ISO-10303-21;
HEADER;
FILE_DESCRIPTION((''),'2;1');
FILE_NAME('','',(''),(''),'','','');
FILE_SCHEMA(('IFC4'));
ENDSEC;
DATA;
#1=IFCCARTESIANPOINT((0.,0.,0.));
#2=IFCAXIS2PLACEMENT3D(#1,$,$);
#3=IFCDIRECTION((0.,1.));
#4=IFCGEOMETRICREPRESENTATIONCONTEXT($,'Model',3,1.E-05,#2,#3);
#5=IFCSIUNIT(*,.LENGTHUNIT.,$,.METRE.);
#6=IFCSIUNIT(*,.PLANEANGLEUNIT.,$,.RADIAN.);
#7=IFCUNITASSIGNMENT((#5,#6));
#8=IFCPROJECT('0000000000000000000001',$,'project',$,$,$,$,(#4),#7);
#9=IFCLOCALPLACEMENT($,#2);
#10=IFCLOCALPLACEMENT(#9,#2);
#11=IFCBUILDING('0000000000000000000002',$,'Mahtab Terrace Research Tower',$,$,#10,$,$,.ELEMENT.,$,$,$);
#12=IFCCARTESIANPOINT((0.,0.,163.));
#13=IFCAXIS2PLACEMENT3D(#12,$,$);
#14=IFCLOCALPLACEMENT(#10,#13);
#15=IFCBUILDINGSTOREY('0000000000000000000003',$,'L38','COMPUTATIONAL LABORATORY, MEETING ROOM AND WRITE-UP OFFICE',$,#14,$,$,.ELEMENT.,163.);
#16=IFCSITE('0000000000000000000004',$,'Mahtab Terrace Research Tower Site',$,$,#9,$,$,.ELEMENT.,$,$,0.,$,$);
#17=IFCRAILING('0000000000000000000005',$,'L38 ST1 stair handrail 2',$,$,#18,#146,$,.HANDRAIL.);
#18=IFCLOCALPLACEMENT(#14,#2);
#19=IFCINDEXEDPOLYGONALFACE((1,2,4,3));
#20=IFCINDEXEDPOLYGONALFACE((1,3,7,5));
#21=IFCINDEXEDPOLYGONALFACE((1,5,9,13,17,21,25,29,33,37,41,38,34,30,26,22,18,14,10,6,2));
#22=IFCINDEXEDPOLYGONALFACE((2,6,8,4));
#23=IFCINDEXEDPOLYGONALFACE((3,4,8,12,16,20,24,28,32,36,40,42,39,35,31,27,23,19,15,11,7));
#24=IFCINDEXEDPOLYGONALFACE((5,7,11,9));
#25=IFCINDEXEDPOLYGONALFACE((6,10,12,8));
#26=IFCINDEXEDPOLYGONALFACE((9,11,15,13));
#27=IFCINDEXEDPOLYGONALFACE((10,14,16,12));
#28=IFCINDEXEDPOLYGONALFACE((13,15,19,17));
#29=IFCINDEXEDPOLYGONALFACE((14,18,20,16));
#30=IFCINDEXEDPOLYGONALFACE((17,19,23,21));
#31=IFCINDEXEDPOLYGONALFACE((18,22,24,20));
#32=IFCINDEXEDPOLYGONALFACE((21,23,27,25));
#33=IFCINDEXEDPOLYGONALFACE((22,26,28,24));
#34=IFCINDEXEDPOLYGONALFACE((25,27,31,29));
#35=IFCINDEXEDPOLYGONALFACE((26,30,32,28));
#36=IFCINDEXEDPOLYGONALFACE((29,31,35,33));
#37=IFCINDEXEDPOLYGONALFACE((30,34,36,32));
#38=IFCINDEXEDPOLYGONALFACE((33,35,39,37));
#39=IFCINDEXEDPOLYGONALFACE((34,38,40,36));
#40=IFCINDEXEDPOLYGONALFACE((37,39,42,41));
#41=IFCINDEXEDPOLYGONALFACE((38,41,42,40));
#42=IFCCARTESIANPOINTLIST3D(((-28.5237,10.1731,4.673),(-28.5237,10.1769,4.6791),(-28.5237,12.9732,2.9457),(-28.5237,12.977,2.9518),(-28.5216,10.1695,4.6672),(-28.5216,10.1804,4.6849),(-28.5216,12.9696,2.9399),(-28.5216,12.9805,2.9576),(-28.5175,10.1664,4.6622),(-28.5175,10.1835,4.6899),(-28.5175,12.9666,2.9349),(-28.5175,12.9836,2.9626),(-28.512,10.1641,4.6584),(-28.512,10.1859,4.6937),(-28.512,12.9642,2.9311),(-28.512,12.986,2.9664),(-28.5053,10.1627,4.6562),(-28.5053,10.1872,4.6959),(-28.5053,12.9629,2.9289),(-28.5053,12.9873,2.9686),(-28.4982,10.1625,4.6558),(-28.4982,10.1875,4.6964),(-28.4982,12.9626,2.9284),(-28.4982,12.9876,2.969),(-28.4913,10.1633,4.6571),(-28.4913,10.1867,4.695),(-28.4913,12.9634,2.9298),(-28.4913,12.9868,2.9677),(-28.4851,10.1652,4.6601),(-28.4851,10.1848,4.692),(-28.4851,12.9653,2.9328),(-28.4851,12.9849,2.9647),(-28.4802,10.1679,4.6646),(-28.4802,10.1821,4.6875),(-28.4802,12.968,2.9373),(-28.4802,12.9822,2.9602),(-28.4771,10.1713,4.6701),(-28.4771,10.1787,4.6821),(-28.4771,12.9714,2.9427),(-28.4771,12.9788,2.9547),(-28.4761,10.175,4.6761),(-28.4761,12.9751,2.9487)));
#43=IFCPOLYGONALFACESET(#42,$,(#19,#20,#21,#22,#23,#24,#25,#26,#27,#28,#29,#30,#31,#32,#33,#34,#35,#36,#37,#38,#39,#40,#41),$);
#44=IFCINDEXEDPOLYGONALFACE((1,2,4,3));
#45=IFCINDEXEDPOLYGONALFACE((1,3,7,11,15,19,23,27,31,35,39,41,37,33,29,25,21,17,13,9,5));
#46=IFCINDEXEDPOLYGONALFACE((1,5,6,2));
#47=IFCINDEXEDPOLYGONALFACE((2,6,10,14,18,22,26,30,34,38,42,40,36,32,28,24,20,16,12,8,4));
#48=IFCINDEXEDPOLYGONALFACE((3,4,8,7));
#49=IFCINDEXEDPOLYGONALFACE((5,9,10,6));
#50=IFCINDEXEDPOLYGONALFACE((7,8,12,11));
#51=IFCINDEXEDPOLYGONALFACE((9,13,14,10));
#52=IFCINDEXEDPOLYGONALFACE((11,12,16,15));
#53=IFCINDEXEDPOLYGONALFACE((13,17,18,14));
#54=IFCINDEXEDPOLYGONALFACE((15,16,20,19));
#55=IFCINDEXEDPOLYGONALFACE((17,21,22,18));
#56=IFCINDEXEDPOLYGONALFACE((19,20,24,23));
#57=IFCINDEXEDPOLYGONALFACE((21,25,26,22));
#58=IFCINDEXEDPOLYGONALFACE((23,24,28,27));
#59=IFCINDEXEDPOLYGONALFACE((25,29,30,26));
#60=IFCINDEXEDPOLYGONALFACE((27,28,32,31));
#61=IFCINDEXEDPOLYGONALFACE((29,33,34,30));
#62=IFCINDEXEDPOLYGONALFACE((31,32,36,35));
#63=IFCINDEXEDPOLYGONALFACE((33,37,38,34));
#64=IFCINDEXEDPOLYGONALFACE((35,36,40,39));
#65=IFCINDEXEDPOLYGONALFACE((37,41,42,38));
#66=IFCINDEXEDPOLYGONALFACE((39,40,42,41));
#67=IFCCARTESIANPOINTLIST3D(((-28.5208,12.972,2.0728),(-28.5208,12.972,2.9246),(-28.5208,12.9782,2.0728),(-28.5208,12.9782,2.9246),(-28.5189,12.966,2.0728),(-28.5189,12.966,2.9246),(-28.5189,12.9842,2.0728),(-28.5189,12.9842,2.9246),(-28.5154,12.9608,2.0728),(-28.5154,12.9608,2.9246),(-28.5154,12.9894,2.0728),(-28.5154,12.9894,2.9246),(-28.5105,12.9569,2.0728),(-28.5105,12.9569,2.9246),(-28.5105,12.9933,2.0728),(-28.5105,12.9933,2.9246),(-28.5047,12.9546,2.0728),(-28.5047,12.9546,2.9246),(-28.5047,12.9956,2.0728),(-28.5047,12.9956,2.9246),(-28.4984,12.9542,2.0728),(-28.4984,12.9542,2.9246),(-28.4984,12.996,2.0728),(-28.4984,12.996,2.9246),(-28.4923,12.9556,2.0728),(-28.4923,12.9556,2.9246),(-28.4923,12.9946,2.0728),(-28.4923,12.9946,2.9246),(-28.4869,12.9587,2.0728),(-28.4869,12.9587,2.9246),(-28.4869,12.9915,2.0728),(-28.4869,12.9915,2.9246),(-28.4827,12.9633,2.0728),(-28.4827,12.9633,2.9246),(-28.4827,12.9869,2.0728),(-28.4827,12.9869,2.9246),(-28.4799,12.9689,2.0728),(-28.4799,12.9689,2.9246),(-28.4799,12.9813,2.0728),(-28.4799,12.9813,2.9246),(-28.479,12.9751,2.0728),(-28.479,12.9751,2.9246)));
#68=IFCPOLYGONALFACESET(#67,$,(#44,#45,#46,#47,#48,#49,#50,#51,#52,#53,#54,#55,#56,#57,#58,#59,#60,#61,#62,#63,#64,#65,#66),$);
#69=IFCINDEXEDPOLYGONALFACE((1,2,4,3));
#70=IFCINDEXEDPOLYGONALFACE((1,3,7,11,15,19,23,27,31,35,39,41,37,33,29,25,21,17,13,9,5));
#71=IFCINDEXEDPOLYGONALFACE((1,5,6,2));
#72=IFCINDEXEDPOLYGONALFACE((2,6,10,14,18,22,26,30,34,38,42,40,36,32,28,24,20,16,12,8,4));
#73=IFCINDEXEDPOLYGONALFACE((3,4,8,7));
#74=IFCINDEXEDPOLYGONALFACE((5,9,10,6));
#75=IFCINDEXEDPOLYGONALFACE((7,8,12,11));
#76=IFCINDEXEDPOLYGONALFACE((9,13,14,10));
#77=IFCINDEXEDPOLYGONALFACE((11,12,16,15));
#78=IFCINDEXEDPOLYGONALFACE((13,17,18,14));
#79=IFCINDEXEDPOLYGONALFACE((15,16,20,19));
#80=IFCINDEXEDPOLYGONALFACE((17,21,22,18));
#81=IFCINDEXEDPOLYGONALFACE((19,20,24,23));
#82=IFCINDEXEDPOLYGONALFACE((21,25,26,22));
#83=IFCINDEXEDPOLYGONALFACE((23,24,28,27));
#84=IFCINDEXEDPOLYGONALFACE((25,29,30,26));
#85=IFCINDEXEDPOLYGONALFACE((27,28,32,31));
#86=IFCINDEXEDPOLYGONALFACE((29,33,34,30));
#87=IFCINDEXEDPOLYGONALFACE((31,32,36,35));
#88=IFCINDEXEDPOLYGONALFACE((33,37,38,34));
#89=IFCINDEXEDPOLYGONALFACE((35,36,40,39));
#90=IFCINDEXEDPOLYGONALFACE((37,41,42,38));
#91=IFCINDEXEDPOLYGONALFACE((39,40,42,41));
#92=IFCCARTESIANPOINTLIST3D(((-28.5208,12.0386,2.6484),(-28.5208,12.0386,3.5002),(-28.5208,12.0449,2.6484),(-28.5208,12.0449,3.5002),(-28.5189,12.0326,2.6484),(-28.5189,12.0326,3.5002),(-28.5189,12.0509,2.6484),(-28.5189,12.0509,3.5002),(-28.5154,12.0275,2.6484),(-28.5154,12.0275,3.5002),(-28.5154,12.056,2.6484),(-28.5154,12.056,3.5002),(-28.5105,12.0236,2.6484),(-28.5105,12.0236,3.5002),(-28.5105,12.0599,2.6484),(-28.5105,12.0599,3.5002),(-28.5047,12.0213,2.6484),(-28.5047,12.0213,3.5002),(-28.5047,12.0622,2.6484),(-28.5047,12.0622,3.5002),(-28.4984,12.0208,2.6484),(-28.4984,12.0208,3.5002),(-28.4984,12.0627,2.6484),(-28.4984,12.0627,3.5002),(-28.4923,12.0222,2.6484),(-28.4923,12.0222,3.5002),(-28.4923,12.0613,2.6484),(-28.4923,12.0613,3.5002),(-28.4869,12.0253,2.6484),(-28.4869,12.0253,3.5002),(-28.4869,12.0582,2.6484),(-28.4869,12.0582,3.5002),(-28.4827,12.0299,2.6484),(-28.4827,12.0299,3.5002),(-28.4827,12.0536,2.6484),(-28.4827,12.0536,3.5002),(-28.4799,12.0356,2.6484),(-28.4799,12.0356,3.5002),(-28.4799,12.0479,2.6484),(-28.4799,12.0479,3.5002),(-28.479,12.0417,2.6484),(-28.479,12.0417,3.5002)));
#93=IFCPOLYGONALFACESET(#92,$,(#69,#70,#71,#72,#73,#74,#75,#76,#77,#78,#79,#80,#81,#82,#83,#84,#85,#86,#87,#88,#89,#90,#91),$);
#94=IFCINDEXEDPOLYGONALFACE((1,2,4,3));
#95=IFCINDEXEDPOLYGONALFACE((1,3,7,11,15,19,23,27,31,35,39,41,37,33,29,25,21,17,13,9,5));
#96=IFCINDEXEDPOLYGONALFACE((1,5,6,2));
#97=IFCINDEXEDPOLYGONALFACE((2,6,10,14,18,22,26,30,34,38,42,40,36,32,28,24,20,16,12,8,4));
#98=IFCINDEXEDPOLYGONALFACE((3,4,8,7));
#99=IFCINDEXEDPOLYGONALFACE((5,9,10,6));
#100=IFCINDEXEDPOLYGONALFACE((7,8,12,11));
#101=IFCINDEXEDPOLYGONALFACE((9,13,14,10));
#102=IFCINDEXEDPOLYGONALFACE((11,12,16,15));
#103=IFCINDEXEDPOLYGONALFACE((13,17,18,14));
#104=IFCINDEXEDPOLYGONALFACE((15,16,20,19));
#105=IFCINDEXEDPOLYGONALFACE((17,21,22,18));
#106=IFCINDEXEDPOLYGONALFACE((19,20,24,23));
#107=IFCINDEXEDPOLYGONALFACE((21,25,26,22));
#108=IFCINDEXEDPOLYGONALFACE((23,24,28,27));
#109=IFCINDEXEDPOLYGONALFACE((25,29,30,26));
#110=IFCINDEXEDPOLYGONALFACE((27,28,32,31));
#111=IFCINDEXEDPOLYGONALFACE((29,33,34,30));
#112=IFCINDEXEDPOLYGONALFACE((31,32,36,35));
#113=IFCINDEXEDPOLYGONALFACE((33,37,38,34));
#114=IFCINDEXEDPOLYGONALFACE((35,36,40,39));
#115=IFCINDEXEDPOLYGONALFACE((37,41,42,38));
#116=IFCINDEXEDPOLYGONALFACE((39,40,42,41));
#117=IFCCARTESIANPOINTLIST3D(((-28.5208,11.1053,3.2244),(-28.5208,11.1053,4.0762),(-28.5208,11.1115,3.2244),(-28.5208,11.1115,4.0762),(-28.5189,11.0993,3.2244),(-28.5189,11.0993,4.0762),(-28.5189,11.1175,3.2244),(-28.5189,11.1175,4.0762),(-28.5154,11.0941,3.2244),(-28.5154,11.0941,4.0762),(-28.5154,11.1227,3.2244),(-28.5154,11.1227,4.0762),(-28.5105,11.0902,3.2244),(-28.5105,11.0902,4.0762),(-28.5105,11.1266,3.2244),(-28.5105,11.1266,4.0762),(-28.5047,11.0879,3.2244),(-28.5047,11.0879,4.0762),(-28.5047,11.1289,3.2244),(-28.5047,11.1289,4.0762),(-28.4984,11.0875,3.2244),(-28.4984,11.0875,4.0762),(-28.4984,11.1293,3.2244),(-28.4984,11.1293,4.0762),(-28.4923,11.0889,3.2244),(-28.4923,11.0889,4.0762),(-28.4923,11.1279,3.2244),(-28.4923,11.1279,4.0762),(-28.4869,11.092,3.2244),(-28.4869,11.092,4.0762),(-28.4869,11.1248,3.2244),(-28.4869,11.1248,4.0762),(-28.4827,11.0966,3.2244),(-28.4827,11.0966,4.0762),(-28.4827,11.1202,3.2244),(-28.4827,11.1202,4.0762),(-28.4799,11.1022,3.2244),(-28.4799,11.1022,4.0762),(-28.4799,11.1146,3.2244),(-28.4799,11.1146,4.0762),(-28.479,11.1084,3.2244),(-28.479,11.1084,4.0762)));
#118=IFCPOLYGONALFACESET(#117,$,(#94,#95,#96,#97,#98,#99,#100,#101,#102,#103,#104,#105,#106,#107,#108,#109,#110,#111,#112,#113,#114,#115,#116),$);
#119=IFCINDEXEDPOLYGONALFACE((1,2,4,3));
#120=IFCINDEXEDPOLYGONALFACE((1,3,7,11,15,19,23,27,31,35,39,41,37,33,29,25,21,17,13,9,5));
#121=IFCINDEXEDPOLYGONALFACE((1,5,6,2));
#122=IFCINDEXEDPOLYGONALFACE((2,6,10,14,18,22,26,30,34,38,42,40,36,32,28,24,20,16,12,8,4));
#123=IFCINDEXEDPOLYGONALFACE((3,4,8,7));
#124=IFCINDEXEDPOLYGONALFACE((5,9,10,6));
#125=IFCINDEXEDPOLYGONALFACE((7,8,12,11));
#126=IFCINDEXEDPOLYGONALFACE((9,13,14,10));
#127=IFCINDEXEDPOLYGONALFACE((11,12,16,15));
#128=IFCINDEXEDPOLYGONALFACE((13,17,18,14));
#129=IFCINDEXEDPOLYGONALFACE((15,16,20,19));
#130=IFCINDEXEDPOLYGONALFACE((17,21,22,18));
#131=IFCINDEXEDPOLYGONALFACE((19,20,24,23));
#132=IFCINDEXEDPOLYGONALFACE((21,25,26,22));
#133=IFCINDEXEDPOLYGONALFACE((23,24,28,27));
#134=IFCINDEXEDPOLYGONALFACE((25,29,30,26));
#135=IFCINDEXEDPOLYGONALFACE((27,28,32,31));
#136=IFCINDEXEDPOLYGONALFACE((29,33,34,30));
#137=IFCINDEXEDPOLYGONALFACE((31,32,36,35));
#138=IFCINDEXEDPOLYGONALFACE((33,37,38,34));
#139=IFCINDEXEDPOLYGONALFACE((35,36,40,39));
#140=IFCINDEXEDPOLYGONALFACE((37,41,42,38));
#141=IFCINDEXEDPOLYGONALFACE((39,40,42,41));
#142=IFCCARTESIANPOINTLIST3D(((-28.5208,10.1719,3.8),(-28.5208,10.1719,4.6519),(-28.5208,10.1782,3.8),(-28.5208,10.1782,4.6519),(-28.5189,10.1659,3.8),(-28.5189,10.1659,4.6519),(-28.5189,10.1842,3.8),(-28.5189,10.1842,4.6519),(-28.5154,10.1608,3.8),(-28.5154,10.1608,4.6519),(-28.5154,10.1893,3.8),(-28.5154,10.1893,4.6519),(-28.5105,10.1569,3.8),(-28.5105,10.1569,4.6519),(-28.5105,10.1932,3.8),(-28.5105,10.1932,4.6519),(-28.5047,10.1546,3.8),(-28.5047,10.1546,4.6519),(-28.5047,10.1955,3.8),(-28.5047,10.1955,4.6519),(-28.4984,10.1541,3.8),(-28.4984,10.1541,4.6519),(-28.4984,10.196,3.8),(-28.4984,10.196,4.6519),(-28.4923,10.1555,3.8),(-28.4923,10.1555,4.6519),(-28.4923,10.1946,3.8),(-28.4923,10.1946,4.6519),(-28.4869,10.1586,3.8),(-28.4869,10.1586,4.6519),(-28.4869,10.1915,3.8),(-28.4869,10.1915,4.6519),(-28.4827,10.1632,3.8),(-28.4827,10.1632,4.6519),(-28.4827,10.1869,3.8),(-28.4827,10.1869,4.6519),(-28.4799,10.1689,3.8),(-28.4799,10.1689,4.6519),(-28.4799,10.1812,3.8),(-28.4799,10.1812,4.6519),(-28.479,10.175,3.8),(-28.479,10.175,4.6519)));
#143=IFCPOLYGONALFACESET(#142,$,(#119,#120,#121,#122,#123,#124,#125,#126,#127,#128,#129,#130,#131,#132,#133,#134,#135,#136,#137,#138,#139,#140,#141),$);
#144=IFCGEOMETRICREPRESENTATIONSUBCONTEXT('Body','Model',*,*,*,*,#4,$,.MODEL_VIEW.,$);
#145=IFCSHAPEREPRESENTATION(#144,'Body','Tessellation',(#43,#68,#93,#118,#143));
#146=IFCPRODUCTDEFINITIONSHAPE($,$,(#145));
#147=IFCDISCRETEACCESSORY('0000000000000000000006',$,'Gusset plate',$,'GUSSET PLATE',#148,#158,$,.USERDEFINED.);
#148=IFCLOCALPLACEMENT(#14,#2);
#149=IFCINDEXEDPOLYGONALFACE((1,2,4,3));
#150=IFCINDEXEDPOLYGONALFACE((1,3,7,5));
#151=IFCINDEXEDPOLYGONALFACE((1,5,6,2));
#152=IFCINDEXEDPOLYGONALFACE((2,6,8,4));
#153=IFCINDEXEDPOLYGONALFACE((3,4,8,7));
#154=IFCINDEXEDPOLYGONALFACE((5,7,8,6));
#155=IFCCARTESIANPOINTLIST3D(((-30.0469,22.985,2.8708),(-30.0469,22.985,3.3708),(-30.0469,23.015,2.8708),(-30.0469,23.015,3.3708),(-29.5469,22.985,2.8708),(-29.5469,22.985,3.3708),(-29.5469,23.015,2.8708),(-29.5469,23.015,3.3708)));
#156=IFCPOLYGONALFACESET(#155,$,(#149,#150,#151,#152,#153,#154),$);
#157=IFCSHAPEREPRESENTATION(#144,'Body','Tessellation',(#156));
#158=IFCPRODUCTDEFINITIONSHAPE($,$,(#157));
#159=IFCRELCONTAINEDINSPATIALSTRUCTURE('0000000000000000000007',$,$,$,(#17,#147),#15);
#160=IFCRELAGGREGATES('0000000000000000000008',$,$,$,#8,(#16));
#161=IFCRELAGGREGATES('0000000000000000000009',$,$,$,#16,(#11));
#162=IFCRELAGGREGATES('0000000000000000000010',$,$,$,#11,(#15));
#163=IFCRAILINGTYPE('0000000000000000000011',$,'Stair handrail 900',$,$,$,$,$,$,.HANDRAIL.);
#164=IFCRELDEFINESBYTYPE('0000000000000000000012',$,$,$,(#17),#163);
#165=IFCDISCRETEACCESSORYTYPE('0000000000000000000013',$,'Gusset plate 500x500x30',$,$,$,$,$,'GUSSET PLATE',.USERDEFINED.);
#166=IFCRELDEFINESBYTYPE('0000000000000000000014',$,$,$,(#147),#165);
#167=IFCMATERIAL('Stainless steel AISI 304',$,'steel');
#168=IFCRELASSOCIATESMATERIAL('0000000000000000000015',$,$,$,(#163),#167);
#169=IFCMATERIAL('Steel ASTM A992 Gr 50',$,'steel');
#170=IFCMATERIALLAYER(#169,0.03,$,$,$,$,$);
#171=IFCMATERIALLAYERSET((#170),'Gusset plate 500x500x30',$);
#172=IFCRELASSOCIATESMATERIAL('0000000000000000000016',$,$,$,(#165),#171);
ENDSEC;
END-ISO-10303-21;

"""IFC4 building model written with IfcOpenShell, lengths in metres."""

from ifc_helpers import new_model, si_unit, direction, frame, origin, origin_2d, place, context, subcontext, project, spatial, rectangle, circle, extrude, material, layer, layer_set, type_object, element, save


model = new_model("IFC4")

# Units and contexts
model_context = context("Model", 3, precision=1e-05, world=origin(), true_north=direction((0.0, 1.0)))
body_context = subcontext(model_context, "Body", "Model", "MODEL_VIEW")
ifc_project = project(units=[si_unit("LENGTHUNIT", "METRE"), si_unit("PLANEANGLEUNIT", "RADIAN")], contexts=[model_context])

# Site, building, storey
site_placement = place(None, origin())
site = spatial("IfcSite", under=ifc_project, at=site_placement, Name="Mahtab Terrace Research Tower Site", CompositionType="ELEMENT", RefElevation=0.0)
building_placement = place(site_placement, origin())
building = spatial("IfcBuilding", under=site, at=building_placement, Name="Mahtab Terrace Research Tower", CompositionType="ELEMENT")
storey_placement = place(building_placement, frame((0.0, 0.0, 163.0)))
storey = spatial("IfcBuildingStorey", under=building, at=storey_placement, Name="L38", Description="COMPUTATIONAL LABORATORY, MEETING ROOM AND WRITE-UP OFFICE", CompositionType="ELEMENT", Elevation=163.0)

# Shared definitions
ifc_material_1 = material(Name="Steel ASTM A992 Gr 50", Category="steel")

# Railing
ifc_material_2 = material(Name="Stainless steel AISI 304", Category="steel")
railing_type_1 = type_object("IfcRailingType", Name="Stair handrail 900", PredefinedType="HANDRAIL", material=ifc_material_2)
railing_1_placement = place(storey_placement, frame((-28.5, 12.9751, 2.0728)))
element("IfcRailing", 1, at=railing_1_placement, inside=storey, type_object=railing_type_1, Name="L38 ST1 stair handrail 2", PredefinedType="HANDRAIL", context=body_context, shape_type="SweptSolid", body=[
    extrude(circle(Radius=0.0239, at=origin_2d()), frame((0.0, 0.0, 0.876), z_axis=(0.0, -0.85109, 0.52502), x_axis=(1.0, 0.0, 0.0)), (0.0, 0.0, 1.0), 3.29),
    extrude(circle(Radius=0.021, at=origin_2d()), origin(), (0.0, 0.0, 1.0), 0.8518),
    extrude(circle(Radius=0.021, at=origin_2d()), frame((0.0, -0.9333, 0.5757)), (0.0, 0.0, 1.0), 0.8518),
    extrude(circle(Radius=0.021, at=origin_2d()), frame((0.0, -1.8667, 1.1516)), (0.0, 0.0, 1.0), 0.8518),
    extrude(circle(Radius=0.021, at=origin_2d()), frame((0.0, -2.8, 1.7273)), (0.0, 0.0, 1.0), 0.8518),
])

# Discrete accessory
ifc_layer_1 = layer(ifc_material_1, 0.03)
ifc_layer_set_1 = layer_set([ifc_layer_1], Name="Gusset plate 500x500x30")
discrete_accessory_type = type_object("IfcDiscreteAccessoryType", Name="Gusset plate 500x500x30", ElementType="GUSSET PLATE", PredefinedType="USERDEFINED", material=ifc_layer_set_1)
discrete_accessory_placement = place(storey_placement, frame((-29.7969, 23.0, 2.8708), z_axis=(0.0, 0.0, 1.0), x_axis=(1.0, 0.0, 0.0)))
element("IfcDiscreteAccessory", 2, at=discrete_accessory_placement, inside=storey, type_object=discrete_accessory_type, Name="Gusset plate", ObjectType="GUSSET PLATE", PredefinedType="USERDEFINED", context=body_context, shape_type="SweptSolid", body=[
    extrude(rectangle(XDim=0.5, YDim=0.03, at=origin_2d()), origin(), (0.0, 0.0, 1.0), 0.5),
])

save(model, "model.ifc")
